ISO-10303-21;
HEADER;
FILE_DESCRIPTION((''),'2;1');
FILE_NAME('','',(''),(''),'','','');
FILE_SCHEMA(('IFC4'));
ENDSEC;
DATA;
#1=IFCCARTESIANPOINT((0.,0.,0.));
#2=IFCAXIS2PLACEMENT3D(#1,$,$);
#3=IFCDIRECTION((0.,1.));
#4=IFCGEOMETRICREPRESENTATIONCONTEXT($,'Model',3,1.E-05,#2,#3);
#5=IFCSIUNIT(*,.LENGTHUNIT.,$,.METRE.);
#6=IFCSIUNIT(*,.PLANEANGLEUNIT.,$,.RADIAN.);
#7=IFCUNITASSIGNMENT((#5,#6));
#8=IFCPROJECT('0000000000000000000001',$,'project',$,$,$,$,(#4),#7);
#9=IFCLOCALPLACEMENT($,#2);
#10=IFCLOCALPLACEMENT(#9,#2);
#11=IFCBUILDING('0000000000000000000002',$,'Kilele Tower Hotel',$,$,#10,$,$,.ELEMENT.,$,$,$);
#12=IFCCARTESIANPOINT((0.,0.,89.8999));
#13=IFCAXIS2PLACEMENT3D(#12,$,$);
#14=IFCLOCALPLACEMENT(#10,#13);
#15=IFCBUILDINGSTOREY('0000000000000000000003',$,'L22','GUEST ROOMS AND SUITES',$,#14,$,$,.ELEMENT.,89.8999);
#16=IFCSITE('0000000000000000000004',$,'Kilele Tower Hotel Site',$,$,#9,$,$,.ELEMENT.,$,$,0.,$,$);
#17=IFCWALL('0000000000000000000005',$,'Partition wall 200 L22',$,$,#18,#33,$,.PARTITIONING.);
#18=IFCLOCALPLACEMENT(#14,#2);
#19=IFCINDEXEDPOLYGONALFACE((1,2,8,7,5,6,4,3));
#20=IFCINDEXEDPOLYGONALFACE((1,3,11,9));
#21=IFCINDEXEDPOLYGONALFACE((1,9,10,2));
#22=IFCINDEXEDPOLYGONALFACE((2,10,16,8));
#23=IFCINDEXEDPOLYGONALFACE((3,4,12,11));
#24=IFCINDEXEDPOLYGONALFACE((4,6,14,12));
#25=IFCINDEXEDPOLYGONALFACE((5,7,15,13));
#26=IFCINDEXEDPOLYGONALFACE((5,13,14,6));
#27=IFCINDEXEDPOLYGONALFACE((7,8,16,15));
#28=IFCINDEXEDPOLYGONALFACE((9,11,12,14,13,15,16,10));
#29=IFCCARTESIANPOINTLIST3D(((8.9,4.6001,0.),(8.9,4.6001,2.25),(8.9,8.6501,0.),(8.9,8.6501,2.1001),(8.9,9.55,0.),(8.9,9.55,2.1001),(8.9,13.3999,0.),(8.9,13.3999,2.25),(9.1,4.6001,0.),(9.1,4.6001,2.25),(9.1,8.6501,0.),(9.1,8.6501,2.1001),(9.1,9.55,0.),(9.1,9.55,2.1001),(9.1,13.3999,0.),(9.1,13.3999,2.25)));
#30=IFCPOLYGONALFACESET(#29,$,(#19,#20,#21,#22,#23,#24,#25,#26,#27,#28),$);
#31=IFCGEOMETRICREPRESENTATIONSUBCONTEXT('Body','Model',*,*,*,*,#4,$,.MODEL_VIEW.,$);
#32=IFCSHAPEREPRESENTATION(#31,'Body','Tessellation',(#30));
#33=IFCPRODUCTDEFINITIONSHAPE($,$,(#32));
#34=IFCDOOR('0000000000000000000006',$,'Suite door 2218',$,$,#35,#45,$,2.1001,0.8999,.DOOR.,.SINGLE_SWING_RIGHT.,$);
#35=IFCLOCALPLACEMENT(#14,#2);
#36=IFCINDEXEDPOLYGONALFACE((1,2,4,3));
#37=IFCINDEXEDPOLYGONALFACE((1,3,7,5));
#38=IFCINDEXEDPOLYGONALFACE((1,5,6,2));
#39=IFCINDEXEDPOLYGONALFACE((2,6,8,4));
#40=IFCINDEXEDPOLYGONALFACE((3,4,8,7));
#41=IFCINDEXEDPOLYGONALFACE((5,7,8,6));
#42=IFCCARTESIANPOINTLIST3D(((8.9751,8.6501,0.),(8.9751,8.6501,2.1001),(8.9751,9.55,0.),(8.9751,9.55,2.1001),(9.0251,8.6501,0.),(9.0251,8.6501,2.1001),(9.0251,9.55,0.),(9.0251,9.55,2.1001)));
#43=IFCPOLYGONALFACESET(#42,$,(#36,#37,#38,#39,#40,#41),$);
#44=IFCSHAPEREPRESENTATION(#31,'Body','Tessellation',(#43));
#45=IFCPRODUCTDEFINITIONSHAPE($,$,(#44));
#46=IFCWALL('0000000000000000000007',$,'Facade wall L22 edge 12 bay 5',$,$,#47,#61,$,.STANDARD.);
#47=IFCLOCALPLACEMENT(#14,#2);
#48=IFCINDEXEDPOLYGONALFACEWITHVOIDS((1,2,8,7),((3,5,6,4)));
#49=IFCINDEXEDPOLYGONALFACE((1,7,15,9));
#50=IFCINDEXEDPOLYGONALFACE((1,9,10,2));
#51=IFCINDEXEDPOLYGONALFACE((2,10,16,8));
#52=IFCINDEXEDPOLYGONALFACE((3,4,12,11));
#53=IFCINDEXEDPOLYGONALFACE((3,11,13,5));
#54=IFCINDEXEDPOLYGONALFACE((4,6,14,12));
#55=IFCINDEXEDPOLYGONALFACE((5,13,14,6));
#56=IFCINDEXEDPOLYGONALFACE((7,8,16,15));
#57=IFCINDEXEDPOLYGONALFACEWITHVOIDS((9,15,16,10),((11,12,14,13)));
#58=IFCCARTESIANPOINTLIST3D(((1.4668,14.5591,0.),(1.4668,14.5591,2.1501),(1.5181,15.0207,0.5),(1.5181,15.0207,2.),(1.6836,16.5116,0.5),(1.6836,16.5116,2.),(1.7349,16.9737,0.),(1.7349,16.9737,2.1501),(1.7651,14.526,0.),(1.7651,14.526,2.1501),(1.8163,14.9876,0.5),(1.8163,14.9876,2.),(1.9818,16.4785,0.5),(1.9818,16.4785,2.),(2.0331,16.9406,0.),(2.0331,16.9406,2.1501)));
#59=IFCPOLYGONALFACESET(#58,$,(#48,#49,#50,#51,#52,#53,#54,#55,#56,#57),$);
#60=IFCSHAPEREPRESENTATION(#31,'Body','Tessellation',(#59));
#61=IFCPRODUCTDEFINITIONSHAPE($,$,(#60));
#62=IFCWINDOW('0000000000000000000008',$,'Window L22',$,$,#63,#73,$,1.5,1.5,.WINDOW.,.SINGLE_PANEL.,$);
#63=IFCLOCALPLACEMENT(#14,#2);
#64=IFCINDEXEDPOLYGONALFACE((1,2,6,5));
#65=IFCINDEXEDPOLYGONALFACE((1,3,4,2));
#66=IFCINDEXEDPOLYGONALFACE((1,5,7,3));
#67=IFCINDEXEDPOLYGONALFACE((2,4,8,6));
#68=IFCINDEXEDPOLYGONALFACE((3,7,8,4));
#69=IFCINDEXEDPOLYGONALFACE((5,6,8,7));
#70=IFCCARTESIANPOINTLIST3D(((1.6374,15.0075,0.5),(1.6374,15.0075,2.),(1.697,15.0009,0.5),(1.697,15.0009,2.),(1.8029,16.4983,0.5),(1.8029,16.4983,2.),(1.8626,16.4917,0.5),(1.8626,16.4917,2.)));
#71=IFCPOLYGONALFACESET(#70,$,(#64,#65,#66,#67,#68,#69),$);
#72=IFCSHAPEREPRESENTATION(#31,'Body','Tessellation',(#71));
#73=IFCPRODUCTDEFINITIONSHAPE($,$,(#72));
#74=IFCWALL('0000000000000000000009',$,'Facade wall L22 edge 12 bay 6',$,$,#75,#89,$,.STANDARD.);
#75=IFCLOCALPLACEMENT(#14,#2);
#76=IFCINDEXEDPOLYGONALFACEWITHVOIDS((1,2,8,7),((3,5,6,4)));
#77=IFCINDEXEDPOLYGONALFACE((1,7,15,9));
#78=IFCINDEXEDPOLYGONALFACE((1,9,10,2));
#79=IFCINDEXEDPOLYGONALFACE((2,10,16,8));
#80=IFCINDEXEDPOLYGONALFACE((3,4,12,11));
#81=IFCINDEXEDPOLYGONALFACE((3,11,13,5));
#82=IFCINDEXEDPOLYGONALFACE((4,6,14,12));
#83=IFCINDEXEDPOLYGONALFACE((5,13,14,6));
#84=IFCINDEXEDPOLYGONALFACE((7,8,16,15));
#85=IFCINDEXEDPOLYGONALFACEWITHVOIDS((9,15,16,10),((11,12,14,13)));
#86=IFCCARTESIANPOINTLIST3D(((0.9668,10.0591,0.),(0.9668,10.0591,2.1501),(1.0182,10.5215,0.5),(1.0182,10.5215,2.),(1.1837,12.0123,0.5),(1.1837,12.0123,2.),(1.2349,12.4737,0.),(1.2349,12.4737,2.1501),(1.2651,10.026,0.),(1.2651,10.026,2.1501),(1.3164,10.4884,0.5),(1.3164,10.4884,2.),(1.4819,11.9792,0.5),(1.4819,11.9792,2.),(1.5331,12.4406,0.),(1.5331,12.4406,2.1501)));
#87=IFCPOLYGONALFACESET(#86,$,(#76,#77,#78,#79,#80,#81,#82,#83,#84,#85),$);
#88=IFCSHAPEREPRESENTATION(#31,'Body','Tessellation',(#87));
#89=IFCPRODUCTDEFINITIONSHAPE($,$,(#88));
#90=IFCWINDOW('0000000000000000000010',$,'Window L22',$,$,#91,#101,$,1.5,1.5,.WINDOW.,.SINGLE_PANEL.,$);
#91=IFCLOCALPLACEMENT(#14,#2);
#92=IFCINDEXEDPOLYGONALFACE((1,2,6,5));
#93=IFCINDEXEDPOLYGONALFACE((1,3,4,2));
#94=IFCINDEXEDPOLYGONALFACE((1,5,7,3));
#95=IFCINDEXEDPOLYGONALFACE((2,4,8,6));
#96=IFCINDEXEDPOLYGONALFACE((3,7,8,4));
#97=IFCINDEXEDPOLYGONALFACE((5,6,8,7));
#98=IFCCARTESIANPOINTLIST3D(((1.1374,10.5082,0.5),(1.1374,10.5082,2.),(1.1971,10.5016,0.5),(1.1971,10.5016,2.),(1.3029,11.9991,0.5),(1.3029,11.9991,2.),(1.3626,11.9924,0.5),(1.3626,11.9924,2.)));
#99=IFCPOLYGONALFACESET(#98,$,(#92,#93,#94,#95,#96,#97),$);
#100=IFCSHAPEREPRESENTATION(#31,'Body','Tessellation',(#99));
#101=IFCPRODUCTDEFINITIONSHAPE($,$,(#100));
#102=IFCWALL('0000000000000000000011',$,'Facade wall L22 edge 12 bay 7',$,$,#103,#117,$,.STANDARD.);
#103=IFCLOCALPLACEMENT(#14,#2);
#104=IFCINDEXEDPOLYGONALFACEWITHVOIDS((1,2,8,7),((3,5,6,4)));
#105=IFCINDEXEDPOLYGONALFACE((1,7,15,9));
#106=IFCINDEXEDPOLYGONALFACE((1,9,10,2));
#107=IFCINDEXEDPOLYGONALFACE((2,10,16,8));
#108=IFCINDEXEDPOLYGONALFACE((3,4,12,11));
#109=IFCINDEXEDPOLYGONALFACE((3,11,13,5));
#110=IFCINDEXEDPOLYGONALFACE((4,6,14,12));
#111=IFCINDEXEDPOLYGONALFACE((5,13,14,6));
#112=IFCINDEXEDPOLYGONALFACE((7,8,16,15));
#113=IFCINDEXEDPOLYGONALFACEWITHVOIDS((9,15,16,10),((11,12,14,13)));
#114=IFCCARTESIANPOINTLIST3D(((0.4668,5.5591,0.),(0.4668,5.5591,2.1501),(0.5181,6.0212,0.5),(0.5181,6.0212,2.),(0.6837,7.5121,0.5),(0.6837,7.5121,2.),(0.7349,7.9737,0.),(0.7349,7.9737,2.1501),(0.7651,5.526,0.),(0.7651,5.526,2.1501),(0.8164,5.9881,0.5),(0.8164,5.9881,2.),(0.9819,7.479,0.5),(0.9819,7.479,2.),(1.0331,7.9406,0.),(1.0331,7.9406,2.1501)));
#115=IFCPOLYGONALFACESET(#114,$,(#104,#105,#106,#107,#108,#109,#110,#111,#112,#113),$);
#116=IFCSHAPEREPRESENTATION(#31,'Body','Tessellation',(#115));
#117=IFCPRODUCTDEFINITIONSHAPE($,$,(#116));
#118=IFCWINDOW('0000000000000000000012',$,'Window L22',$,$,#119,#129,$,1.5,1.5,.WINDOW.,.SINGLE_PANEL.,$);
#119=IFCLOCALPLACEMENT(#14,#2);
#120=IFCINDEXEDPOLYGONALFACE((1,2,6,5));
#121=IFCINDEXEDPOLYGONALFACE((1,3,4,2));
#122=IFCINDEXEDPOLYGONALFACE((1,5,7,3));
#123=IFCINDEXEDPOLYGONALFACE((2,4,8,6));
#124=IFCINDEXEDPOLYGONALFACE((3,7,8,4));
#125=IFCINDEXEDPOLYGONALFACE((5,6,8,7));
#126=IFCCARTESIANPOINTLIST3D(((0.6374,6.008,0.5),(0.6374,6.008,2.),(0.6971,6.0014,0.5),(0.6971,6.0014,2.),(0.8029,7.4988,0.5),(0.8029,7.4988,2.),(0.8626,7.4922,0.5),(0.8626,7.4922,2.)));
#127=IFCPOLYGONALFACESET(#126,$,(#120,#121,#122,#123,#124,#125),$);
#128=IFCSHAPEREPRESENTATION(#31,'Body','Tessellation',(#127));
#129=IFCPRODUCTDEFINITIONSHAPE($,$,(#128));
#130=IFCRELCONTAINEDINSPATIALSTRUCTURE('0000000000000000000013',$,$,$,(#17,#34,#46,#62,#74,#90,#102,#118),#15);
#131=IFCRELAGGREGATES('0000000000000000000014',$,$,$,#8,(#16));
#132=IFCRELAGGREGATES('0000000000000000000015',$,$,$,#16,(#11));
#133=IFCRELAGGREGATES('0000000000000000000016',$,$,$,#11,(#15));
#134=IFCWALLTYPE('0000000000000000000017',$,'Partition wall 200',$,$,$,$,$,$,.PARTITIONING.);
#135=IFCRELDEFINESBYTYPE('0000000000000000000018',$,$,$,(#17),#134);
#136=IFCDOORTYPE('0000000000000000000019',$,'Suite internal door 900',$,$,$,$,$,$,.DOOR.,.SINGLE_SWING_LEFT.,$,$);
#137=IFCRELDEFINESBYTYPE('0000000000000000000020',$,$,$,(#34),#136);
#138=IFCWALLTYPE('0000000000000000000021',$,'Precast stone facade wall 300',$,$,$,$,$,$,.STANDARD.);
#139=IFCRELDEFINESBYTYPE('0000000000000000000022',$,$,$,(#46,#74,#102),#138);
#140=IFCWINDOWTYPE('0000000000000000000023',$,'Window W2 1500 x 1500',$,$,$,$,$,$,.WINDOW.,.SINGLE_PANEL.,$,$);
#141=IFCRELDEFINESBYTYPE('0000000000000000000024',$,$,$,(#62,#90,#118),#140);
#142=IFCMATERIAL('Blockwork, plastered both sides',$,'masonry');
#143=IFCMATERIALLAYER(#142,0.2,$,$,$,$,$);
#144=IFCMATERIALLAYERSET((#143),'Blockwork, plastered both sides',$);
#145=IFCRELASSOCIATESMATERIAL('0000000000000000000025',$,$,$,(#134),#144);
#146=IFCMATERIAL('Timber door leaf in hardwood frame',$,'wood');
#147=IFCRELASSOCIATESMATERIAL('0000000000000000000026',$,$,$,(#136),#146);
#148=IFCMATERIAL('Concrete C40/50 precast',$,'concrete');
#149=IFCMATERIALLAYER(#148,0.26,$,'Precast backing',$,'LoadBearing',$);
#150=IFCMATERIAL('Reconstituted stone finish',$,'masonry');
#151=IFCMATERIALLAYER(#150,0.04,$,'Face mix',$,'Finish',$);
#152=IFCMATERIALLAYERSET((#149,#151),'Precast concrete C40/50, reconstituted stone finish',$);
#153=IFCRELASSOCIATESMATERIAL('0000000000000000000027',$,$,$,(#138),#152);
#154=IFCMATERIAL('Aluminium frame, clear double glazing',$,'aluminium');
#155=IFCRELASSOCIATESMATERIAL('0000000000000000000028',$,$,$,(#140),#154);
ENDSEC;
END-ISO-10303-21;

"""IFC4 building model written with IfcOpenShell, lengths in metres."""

from ifc_helpers import new_model, si_unit, direction, frame, frame_2d, origin, place, context, subcontext, project, spatial, rectangle, extrude, material, layer, layer_set, type_object, element, fill, save


model = new_model("IFC4")

# Units and contexts
model_context = context("Model", 3, precision=1e-05, world=origin(), true_north=direction((0.0, 1.0)))
body_context = subcontext(model_context, "Body", "Model", "MODEL_VIEW")
ifc_project = project(units=[si_unit("LENGTHUNIT", "METRE"), si_unit("PLANEANGLEUNIT", "RADIAN")], contexts=[model_context])

# Site, building, storey
site_placement = place(None, origin())
site = spatial("IfcSite", under=ifc_project, at=site_placement, Name="Kilele Tower Hotel Site", CompositionType="ELEMENT", RefElevation=0.0)
building_placement = place(site_placement, origin())
building = spatial("IfcBuilding", under=site, at=building_placement, Name="Kilele Tower Hotel", CompositionType="ELEMENT")
storey_placement = place(building_placement, frame((0.0, 0.0, 89.8999)))
storey = spatial("IfcBuildingStorey", under=building, at=storey_placement, Name="L22", Description="GUEST ROOMS AND SUITES", CompositionType="ELEMENT", Elevation=89.8999)

# Wall, opening, door
ifc_material_1 = material(Name="Blockwork, plastered both sides", Category="masonry")
ifc_layer_1 = layer(ifc_material_1, 0.2)
ifc_layer_set_1 = layer_set([ifc_layer_1], Name="Blockwork, plastered both sides")
wall_type_1 = type_object("IfcWallType", Name="Partition wall 200", PredefinedType="PARTITIONING", material=ifc_layer_set_1)
wall_1_placement = place(storey_placement, frame((9.0, 4.6001, 0.0), z_axis=(0.0, 0.0, 1.0), x_axis=(0.0, 1.0, 0.0)))
wall_1 = element("IfcWall", 1, at=wall_1_placement, inside=storey, type_object=wall_type_1, Name="Partition wall 200 L22", PredefinedType="PARTITIONING", context=body_context, shape_type="SweptSolid", body=[
    extrude(rectangle(XDim=8.7998, YDim=0.2, at=frame_2d((4.3999, 0.0))), origin(), (0.0, 0.0, 1.0), 2.25),
])
opening_1_placement = place(wall_1_placement, frame((4.05, 0.0, 0.0)))
opening_1 = element("IfcOpeningElement", 2, at=opening_1_placement, cuts=wall_1, PredefinedType="OPENING", context=body_context, shape_type="SweptSolid", body=[
    extrude(rectangle(XDim=0.8999, YDim=2.1001, at=frame_2d((0.45, 1.05))), frame((0.0, 0.1099, 0.0), z_axis=(0.0, -1.0, 0.0), x_axis=(1.0, 0.0, 0.0)), (0.0, 0.0, 1.0), 0.22),
])
ifc_material_2 = material(Name="Timber door leaf in hardwood frame", Category="wood")
door_type = type_object("IfcDoorType", Name="Suite internal door 900", OperationType="SINGLE_SWING_LEFT", PredefinedType="DOOR", material=ifc_material_2)
door_placement = place(opening_1_placement, origin())
door = element("IfcDoor", 3, at=door_placement, inside=storey, type_object=door_type, Name="Suite door 2218", OperationType="SINGLE_SWING_RIGHT", OverallHeight=2.1001, OverallWidth=0.8999, PredefinedType="DOOR", context=body_context, shape_type="SweptSolid", body=[
    extrude(rectangle(XDim=0.8999, YDim=2.1001, at=frame_2d((0.45, 1.05))), frame((0.0, 0.0249, 0.0), z_axis=(0.0, -1.0, 0.0), x_axis=(1.0, 0.0, 0.0)), (0.0, 0.0, 1.0), 0.05),
])
fill(opening_1, door)

# Walls, openings, windows
ifc_material_3 = material(Name="Concrete C40/50 precast", Category="concrete")
ifc_layer_2 = layer(ifc_material_3, 0.26, Name="Precast backing", Category="LoadBearing")
ifc_material_4 = material(Name="Reconstituted stone finish", Category="masonry")
ifc_layer_3 = layer(ifc_material_4, 0.04, Name="Face mix", Category="Finish")
ifc_layer_set_2 = layer_set([ifc_layer_2, ifc_layer_3], Name="Precast concrete C40/50, reconstituted stone finish")
wall_type_2 = type_object("IfcWallType", Name="Precast stone facade wall 300", PredefinedType="STANDARD", material=ifc_layer_set_2)
wall_2_placement = place(storey_placement, frame((1.884, 16.9573, 0.0), z_axis=(0.0, 0.0, 1.0), x_axis=(-0.110343, -0.993894, 0.0)))
wall_2 = element("IfcWall", 4, at=wall_2_placement, inside=storey, type_object=wall_type_2, Name="Facade wall L22 edge 12 bay 5", PredefinedType="STANDARD", context=body_context, shape_type="SweptSolid", body=[
    extrude(rectangle(XDim=2.4294, YDim=0.3, at=frame_2d((1.2148, 0.0))), origin(), (0.0, 0.0, 1.0), 2.1501),
])
opening_2_placement = place(wall_2_placement, frame((0.4651, 0.0, 0.5)))
opening_2 = element("IfcOpeningElement", 5, at=opening_2_placement, cuts=wall_2, PredefinedType="OPENING", context=body_context, shape_type="SweptSolid", body=[
    extrude(rectangle(XDim=1.5, YDim=1.5, at=frame_2d((0.75, 0.75))), frame((0.0, 0.1599, 0.0), z_axis=(0.0, -1.0, 0.0), x_axis=(1.0, 0.0, 0.0)), (0.0, 0.0, 1.0), 0.3201),
])
ifc_material_5 = material(Name="Aluminium frame, clear double glazing", Category="aluminium")
window_type = type_object("IfcWindowType", Name="Window W2 1500 x 1500", PartitioningType="SINGLE_PANEL", PredefinedType="WINDOW", material=ifc_material_5)
window_1_placement = place(opening_2_placement, origin())
window_1 = element("IfcWindow", 6, at=window_1_placement, inside=storey, type_object=window_type, Name="Window L22", OverallHeight=1.5, OverallWidth=1.5, PartitioningType="SINGLE_PANEL", PredefinedType="WINDOW", context=body_context, shape_type="SweptSolid", body=[
    extrude(rectangle(XDim=1.5, YDim=1.5, at=frame_2d((0.75, 0.75))), frame((0.0, 0.03, 0.0), z_axis=(0.0, -1.0, 0.0), x_axis=(1.0, 0.0, 0.0)), (0.0, 0.0, 1.0), 0.0601),
])
fill(opening_2, window_1)
wall_3_placement = place(storey_placement, frame((1.384, 12.4573, 0.0), z_axis=(0.0, 0.0, 1.0), x_axis=(-0.110343, -0.993894, 0.0)))
wall_3 = element("IfcWall", 7, at=wall_3_placement, inside=storey, type_object=wall_type_2, Name="Facade wall L22 edge 12 bay 6", PredefinedType="STANDARD", context=body_context, shape_type="SweptSolid", body=[
    extrude(rectangle(XDim=2.4294, YDim=0.3, at=frame_2d((1.2148, 0.0))), origin(), (0.0, 0.0, 1.0), 2.1501),
])
opening_3_placement = place(wall_3_placement, frame((0.4644, 0.0, 0.5)))
opening_3 = element("IfcOpeningElement", 8, at=opening_3_placement, cuts=wall_3, PredefinedType="OPENING", context=body_context, shape_type="SweptSolid", body=[
    extrude(rectangle(XDim=1.5, YDim=1.5, at=frame_2d((0.75, 0.75))), frame((0.0, 0.1599, 0.0), z_axis=(0.0, -1.0, 0.0), x_axis=(1.0, 0.0, 0.0)), (0.0, 0.0, 1.0), 0.3201),
])
window_2_placement = place(opening_3_placement, origin())
window_2 = element("IfcWindow", 9, at=window_2_placement, inside=storey, type_object=window_type, Name="Window L22", OverallHeight=1.5, OverallWidth=1.5, PartitioningType="SINGLE_PANEL", PredefinedType="WINDOW", context=body_context, shape_type="SweptSolid", body=[
    extrude(rectangle(XDim=1.5, YDim=1.5, at=frame_2d((0.75, 0.75))), frame((0.0, 0.03, 0.0), z_axis=(0.0, -1.0, 0.0), x_axis=(1.0, 0.0, 0.0)), (0.0, 0.0, 1.0), 0.0601),
])
fill(opening_3, window_2)
wall_4_placement = place(storey_placement, frame((0.884, 7.9573, 0.0), z_axis=(0.0, 0.0, 1.0), x_axis=(-0.110343, -0.993894, 0.0)))
wall_4 = element("IfcWall", 10, at=wall_4_placement, inside=storey, type_object=wall_type_2, Name="Facade wall L22 edge 12 bay 7", PredefinedType="STANDARD", context=body_context, shape_type="SweptSolid", body=[
    extrude(rectangle(XDim=2.4294, YDim=0.3, at=frame_2d((1.2148, 0.0))), origin(), (0.0, 0.0, 1.0), 2.1501),
])
opening_4_placement = place(wall_4_placement, frame((0.4646, 0.0, 0.5)))
opening_4 = element("IfcOpeningElement", 11, at=opening_4_placement, cuts=wall_4, PredefinedType="OPENING", context=body_context, shape_type="SweptSolid", body=[
    extrude(rectangle(XDim=1.5, YDim=1.5, at=frame_2d((0.75, 0.75))), frame((0.0, 0.1599, 0.0), z_axis=(0.0, -1.0, 0.0), x_axis=(1.0, 0.0, 0.0)), (0.0, 0.0, 1.0), 0.3201),
])
window_3_placement = place(opening_4_placement, origin())
window_3 = element("IfcWindow", 12, at=window_3_placement, inside=storey, type_object=window_type, Name="Window L22", OverallHeight=1.5, OverallWidth=1.5, PartitioningType="SINGLE_PANEL", PredefinedType="WINDOW", context=body_context, shape_type="SweptSolid", body=[
    extrude(rectangle(XDim=1.5, YDim=1.5, at=frame_2d((0.75, 0.75))), frame((0.0, 0.03, 0.0), z_axis=(0.0, -1.0, 0.0), x_axis=(1.0, 0.0, 0.0)), (0.0, 0.0, 1.0), 0.0601),
])
fill(opening_4, window_3)

save(model, "model.ifc")
